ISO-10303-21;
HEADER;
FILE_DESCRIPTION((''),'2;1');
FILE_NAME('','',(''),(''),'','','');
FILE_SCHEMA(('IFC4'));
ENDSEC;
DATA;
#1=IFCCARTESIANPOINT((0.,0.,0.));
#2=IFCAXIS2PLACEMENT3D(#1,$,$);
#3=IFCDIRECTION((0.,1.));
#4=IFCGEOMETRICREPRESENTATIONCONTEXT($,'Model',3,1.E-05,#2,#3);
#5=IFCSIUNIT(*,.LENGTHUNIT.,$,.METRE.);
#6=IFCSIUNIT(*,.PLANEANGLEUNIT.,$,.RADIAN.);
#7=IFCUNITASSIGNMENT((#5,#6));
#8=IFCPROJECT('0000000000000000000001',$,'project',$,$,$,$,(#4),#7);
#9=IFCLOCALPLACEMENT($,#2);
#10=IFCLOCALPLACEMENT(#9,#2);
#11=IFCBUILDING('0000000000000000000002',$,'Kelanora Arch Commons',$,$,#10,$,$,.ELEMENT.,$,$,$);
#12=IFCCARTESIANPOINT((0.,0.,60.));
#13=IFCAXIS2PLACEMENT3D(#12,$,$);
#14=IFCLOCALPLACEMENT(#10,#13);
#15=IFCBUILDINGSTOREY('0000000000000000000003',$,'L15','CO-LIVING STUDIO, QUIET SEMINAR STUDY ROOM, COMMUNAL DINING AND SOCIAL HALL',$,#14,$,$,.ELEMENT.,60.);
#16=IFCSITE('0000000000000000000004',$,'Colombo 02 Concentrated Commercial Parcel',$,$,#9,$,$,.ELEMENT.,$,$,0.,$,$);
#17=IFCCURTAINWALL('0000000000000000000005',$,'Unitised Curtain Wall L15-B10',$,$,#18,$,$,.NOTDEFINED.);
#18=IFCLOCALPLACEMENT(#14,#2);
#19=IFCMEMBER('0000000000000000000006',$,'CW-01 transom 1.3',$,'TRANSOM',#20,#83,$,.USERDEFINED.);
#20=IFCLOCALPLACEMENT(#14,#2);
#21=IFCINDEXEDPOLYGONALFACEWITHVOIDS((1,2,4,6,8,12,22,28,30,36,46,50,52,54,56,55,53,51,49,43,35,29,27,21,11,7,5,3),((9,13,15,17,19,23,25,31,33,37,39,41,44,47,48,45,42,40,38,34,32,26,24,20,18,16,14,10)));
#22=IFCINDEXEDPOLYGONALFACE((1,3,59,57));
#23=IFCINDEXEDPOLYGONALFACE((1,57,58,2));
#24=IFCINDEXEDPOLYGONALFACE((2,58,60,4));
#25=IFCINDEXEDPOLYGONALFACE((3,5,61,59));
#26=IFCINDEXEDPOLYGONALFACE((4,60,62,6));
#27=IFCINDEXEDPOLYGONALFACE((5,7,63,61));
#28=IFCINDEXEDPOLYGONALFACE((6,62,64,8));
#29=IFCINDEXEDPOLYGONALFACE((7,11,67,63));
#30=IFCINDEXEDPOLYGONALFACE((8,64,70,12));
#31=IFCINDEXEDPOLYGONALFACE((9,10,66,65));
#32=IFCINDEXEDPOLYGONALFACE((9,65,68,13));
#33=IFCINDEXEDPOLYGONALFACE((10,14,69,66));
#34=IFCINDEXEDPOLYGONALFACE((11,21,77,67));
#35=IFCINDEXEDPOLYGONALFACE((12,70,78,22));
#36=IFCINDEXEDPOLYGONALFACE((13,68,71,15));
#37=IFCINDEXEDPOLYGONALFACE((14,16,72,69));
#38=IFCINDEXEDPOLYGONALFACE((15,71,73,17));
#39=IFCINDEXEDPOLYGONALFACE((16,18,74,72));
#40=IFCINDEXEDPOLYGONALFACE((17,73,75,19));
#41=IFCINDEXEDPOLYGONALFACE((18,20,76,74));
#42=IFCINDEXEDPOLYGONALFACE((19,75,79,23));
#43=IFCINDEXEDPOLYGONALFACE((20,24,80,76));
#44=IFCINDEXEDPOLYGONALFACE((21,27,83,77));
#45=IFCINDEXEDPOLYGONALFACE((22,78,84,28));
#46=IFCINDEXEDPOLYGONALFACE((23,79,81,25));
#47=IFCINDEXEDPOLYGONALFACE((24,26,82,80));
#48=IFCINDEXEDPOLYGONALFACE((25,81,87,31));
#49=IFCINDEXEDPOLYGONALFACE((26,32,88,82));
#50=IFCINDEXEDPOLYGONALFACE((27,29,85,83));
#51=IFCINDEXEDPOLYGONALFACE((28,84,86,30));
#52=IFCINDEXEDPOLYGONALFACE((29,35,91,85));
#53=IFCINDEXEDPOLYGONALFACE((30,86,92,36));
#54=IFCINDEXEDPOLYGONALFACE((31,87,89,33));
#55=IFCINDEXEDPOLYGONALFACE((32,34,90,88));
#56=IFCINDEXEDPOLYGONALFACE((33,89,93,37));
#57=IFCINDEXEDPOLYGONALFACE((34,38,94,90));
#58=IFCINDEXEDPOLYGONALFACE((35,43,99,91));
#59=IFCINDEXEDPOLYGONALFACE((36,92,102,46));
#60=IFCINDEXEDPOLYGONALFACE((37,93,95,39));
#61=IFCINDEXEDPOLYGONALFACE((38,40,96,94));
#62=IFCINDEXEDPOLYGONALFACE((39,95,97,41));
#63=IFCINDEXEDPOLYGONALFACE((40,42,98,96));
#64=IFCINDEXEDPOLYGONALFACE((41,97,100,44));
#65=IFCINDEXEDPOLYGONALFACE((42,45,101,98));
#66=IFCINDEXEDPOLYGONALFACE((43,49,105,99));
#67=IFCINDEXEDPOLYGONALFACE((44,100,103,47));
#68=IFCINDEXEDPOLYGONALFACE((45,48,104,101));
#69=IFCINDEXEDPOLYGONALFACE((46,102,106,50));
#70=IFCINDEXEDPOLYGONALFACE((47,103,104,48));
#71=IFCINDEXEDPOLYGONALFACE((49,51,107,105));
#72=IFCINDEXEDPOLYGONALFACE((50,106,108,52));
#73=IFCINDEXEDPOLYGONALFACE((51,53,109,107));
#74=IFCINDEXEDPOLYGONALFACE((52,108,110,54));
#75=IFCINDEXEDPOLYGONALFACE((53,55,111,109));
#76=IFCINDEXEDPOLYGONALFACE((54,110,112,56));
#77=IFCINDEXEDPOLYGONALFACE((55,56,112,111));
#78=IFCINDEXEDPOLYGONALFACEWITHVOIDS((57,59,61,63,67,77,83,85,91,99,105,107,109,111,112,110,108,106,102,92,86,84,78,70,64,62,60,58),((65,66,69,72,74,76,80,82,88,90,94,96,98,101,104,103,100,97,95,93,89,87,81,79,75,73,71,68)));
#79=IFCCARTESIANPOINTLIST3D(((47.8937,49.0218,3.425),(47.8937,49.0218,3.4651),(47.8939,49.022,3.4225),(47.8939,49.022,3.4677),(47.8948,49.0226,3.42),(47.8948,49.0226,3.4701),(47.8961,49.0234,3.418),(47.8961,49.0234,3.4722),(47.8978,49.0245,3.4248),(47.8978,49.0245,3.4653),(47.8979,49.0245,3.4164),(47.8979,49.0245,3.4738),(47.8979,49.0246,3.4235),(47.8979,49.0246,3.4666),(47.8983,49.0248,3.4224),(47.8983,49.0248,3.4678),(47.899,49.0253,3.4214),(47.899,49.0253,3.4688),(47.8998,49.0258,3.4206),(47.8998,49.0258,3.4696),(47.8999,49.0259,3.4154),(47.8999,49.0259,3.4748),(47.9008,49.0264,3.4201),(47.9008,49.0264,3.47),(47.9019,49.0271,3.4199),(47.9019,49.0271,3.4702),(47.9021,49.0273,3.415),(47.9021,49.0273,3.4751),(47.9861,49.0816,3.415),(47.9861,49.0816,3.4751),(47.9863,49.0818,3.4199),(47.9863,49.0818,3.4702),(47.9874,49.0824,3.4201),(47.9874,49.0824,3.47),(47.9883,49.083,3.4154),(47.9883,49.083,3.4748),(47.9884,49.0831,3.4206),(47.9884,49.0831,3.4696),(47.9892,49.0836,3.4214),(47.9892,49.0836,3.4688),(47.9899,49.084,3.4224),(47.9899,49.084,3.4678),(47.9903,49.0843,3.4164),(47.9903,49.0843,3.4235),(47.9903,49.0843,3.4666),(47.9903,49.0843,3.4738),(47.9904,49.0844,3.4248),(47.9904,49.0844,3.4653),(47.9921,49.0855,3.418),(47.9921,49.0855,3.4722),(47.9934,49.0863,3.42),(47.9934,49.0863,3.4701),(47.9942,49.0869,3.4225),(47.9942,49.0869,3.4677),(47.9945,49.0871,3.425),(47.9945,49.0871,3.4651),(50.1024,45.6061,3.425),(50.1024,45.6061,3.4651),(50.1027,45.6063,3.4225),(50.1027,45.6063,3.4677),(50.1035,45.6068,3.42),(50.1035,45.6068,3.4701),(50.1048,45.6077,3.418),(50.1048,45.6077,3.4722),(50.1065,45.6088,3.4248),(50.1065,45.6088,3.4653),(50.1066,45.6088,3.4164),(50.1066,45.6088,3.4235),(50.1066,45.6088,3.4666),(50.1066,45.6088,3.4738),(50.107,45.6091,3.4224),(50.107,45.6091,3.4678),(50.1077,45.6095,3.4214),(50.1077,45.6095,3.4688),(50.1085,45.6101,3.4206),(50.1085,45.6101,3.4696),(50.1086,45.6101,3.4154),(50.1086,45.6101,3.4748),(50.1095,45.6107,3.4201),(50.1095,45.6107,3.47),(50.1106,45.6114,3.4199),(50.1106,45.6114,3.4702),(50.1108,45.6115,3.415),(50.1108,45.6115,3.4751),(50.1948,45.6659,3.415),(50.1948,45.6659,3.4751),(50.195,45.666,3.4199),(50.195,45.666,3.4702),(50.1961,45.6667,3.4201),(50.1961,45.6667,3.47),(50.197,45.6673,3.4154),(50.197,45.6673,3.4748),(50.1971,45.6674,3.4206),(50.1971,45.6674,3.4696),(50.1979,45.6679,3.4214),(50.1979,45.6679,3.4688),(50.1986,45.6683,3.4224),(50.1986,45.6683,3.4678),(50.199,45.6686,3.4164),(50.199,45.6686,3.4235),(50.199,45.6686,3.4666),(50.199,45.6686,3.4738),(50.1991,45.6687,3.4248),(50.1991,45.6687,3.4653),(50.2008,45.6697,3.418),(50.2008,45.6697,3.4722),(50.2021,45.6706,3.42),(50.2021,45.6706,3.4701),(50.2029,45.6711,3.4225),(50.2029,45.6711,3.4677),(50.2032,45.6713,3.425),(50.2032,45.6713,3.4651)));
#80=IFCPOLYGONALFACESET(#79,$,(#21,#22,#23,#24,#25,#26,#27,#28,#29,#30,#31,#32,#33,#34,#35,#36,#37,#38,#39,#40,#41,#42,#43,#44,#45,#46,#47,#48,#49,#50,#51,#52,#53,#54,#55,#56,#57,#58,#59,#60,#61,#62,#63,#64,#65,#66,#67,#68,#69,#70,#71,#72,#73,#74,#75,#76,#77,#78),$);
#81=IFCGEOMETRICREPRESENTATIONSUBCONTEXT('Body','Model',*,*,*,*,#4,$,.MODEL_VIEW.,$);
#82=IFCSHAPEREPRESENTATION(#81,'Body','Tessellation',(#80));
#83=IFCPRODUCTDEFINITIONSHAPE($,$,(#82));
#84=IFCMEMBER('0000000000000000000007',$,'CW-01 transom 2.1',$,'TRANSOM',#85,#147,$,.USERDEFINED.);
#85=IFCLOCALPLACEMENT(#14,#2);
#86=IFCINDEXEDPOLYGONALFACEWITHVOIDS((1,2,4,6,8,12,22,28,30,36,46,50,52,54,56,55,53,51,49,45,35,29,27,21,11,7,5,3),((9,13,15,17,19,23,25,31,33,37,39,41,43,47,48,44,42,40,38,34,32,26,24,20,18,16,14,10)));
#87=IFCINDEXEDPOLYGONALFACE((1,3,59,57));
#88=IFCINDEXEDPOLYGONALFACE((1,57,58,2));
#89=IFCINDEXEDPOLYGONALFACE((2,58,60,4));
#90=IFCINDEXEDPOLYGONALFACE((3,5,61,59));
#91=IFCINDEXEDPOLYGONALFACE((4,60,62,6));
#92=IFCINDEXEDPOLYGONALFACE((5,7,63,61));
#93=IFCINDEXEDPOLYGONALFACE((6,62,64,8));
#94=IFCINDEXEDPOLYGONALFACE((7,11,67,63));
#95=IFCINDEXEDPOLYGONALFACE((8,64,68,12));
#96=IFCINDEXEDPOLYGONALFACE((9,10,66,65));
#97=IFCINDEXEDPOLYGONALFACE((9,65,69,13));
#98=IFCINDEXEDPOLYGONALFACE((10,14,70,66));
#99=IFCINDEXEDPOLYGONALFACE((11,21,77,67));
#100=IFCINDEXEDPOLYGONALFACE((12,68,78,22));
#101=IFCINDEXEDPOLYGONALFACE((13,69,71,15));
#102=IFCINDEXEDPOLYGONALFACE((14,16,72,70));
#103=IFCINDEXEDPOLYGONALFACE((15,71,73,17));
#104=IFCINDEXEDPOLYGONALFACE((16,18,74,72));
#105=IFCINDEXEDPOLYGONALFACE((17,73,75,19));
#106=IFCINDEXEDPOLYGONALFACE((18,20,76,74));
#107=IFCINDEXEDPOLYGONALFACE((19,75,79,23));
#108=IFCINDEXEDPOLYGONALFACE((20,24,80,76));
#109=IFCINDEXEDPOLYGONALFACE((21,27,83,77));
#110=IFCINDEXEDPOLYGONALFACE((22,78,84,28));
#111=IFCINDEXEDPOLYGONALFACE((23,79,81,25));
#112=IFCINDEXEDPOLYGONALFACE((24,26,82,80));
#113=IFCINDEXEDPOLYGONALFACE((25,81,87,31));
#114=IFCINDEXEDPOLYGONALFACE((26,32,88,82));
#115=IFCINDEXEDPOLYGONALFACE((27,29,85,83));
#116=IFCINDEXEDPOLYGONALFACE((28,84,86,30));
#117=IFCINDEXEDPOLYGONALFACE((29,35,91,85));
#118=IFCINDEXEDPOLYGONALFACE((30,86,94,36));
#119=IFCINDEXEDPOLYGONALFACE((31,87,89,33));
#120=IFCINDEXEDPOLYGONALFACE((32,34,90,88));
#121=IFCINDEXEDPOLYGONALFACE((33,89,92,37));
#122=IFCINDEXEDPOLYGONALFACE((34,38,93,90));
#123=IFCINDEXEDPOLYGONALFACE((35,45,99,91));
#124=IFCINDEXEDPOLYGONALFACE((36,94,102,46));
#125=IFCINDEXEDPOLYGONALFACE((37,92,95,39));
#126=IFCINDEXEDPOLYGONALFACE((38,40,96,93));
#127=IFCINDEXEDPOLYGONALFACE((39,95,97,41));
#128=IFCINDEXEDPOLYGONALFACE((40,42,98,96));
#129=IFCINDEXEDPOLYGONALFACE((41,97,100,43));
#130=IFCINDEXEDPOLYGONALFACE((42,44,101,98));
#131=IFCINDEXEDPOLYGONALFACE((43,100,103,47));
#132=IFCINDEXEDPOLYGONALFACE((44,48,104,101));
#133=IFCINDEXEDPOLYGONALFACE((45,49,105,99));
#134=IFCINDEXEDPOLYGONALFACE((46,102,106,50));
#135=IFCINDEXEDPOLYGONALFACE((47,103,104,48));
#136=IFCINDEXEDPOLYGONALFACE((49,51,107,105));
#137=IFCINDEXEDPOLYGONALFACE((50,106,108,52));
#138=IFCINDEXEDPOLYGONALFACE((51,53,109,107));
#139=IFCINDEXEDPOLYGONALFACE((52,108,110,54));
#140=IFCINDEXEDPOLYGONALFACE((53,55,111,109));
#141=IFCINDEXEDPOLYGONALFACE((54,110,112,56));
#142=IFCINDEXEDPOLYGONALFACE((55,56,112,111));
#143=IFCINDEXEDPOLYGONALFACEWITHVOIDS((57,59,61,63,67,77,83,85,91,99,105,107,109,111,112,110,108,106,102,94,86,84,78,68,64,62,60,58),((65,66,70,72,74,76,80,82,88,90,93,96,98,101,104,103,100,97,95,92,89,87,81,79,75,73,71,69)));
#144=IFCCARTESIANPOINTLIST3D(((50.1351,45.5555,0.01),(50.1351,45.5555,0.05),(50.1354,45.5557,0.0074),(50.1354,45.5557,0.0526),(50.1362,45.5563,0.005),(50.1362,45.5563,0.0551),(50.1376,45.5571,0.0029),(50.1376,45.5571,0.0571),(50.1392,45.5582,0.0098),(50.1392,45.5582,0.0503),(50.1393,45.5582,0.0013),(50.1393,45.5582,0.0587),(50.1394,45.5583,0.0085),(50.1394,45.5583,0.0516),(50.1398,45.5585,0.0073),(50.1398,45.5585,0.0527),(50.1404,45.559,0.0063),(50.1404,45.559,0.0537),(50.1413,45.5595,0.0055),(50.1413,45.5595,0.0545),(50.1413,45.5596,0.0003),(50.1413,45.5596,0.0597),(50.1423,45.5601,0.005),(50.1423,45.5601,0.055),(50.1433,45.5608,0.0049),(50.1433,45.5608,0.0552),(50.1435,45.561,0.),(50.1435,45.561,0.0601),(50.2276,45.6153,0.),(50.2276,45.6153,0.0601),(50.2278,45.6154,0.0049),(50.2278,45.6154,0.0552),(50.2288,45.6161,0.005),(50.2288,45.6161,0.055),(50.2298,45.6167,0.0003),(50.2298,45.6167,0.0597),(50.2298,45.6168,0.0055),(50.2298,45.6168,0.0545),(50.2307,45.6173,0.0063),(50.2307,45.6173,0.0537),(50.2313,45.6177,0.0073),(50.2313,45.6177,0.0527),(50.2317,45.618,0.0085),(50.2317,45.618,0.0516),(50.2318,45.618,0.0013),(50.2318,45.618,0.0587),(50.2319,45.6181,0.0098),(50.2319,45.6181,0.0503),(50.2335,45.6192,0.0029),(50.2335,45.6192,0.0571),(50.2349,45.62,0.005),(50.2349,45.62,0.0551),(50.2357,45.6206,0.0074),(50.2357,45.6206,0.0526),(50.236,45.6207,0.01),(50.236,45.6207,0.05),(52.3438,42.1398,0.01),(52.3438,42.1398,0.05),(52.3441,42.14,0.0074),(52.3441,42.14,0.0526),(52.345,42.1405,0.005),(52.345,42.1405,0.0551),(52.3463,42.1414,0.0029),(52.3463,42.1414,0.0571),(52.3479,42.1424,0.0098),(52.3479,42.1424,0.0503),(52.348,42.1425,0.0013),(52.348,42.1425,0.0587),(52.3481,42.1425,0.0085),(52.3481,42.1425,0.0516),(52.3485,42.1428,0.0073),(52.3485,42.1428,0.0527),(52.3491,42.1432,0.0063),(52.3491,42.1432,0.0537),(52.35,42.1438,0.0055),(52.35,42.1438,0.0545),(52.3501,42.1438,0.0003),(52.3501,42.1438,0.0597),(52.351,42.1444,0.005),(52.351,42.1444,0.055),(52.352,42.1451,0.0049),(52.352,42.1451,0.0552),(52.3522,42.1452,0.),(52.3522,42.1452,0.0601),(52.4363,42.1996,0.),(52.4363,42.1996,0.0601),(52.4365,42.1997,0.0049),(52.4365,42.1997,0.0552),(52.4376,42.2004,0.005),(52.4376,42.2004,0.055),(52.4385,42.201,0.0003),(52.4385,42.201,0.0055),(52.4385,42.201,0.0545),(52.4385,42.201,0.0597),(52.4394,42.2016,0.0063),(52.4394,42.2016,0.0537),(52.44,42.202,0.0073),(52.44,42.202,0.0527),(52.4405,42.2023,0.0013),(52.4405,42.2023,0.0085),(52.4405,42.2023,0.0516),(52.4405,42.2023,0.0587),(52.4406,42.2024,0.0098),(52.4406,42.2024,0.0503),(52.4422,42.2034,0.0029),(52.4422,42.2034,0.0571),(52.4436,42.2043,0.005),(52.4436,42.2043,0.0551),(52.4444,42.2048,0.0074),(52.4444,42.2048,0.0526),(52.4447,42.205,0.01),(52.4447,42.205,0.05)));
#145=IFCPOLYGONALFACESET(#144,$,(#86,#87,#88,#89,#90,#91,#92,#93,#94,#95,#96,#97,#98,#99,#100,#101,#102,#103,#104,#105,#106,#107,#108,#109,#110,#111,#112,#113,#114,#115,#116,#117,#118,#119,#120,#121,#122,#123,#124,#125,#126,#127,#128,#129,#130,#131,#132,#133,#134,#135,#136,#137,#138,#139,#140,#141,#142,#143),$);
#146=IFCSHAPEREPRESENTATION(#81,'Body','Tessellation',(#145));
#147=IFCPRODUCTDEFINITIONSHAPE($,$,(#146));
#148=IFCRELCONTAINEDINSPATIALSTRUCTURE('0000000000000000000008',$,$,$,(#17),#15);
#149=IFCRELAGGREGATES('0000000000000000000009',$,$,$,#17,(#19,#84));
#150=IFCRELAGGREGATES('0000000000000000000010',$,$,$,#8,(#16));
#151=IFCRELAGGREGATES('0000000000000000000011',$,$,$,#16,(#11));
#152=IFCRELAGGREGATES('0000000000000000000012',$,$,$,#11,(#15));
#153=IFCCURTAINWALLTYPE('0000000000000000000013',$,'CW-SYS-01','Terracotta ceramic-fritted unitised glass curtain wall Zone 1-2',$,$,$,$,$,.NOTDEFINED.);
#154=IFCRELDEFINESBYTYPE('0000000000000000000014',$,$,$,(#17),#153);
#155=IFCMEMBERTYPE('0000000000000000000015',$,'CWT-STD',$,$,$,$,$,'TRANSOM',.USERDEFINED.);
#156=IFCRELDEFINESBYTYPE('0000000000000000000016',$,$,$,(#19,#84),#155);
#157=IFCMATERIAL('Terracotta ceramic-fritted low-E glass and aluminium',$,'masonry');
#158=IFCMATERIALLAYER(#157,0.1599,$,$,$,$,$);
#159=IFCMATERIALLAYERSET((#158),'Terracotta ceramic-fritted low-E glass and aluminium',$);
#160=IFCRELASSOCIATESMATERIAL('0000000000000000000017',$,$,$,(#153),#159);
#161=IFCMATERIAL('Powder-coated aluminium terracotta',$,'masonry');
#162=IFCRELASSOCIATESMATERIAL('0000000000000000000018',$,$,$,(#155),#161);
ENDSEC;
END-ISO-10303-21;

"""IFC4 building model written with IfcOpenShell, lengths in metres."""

from ifc_helpers import new_model, si_unit, direction, frame, origin, origin_2d, place, context, subcontext, project, spatial, hollow_rectangle, extrude, material, layer, layer_set, material_profile, profile_set, type_object, element, aggregate, save


model = new_model("IFC4")

# Units and contexts
model_context = context("Model", 3, precision=1e-05, world=origin(), true_north=direction((0.0, 1.0)))
body_context = subcontext(model_context, "Body", "Model", "MODEL_VIEW")
ifc_project = project(units=[si_unit("LENGTHUNIT", "METRE"), si_unit("PLANEANGLEUNIT", "RADIAN")], contexts=[model_context])

# Site, building, storey
site_placement = place(None, origin())
site = spatial("IfcSite", under=ifc_project, at=site_placement, Name="Colombo 02 Concentrated Commercial Parcel", CompositionType="ELEMENT", RefElevation=0.0)
building_placement = place(site_placement, origin())
building = spatial("IfcBuilding", under=site, at=building_placement, Name="Kelanora Arch Commons", CompositionType="ELEMENT")
storey_placement = place(building_placement, frame((0.0, 0.0, 60.0)))
storey = spatial("IfcBuildingStorey", under=building, at=storey_placement, Name="L15", Description="CO-LIVING STUDIO, QUIET SEMINAR STUDY ROOM, COMMUNAL DINING AND SOCIAL HALL", CompositionType="ELEMENT", Elevation=60.0)

# Shared definitions
ifc_material_1 = material(Name="Terracotta ceramic-fritted low-E glass and aluminium", Category="masonry")
ifc_layer_1 = layer(ifc_material_1, 0.1599)
ifc_layer_set_1 = layer_set([ifc_layer_1], Name="Terracotta ceramic-fritted low-E glass and aluminium")
curtain_wall_type = type_object("IfcCurtainWallType", Name="CW-SYS-01", Description="Terracotta ceramic-fritted unitised glass curtain wall Zone 1-2", PredefinedType="NOTDEFINED", material=ifc_layer_set_1)
ifc_material_2 = material(Name="Powder-coated aluminium terracotta", Category="masonry")

# Curtain wall, members
curtain_wall_1_placement = place(storey_placement, origin())
curtain_wall_1 = element("IfcCurtainWall", 1, at=curtain_wall_1_placement, inside=storey, type_object=curtain_wall_type, Name="Unitised Curtain Wall L15-B10", PredefinedType="NOTDEFINED")
ifc_material_profile_1 = material_profile(ifc_material_2, hollow_rectangle(XDim=0.1201, YDim=0.0601, WallThickness=0.0049, InnerFilletRadius=0.0049, OuterFilletRadius=0.01, at=origin_2d()), Name="CWT120x60")
ifc_profile_set_1 = profile_set([ifc_material_profile_1], Name="Powder-coated aluminium terracotta")
member_type_1 = type_object("IfcMemberType", Name="CWT-STD", ElementType="TRANSOM", PredefinedType="USERDEFINED", material=ifc_profile_set_1)
member_1_placement = place(storey_placement, frame((47.9441, 49.0544, 3.4451), z_axis=(0.542997, -0.839734, 0.0), x_axis=(0.839734, 0.542997, 0.0)))
member_1 = element("IfcMember", 2, at=member_1_placement, type_object=member_type_1, Name="CW-01 transom 1.3", ObjectType="TRANSOM", PredefinedType="USERDEFINED", context=body_context, shape_type="SweptSolid", body=[
    extrude(hollow_rectangle(XDim=0.1201, YDim=0.0601, WallThickness=0.0049, InnerFilletRadius=0.0049, OuterFilletRadius=0.01, at=origin_2d()), origin(), (0.0, 0.0, 1.0), 4.0676),
])
member_2_placement = place(storey_placement, frame((50.1855, 45.5881, 0.03), z_axis=(0.542997, -0.839734, 0.0), x_axis=(0.839734, 0.542997, 0.0)))
member_2 = element("IfcMember", 3, at=member_2_placement, type_object=member_type_1, Name="CW-01 transom 2.1", ObjectType="TRANSOM", PredefinedType="USERDEFINED", context=body_context, shape_type="SweptSolid", body=[
    extrude(hollow_rectangle(XDim=0.1201, YDim=0.0601, WallThickness=0.0049, InnerFilletRadius=0.0049, OuterFilletRadius=0.01, at=origin_2d()), origin(), (0.0, 0.0, 1.0), 4.0676),
])

aggregate(curtain_wall_1, [member_1, member_2])

save(model, "model.ifc")
